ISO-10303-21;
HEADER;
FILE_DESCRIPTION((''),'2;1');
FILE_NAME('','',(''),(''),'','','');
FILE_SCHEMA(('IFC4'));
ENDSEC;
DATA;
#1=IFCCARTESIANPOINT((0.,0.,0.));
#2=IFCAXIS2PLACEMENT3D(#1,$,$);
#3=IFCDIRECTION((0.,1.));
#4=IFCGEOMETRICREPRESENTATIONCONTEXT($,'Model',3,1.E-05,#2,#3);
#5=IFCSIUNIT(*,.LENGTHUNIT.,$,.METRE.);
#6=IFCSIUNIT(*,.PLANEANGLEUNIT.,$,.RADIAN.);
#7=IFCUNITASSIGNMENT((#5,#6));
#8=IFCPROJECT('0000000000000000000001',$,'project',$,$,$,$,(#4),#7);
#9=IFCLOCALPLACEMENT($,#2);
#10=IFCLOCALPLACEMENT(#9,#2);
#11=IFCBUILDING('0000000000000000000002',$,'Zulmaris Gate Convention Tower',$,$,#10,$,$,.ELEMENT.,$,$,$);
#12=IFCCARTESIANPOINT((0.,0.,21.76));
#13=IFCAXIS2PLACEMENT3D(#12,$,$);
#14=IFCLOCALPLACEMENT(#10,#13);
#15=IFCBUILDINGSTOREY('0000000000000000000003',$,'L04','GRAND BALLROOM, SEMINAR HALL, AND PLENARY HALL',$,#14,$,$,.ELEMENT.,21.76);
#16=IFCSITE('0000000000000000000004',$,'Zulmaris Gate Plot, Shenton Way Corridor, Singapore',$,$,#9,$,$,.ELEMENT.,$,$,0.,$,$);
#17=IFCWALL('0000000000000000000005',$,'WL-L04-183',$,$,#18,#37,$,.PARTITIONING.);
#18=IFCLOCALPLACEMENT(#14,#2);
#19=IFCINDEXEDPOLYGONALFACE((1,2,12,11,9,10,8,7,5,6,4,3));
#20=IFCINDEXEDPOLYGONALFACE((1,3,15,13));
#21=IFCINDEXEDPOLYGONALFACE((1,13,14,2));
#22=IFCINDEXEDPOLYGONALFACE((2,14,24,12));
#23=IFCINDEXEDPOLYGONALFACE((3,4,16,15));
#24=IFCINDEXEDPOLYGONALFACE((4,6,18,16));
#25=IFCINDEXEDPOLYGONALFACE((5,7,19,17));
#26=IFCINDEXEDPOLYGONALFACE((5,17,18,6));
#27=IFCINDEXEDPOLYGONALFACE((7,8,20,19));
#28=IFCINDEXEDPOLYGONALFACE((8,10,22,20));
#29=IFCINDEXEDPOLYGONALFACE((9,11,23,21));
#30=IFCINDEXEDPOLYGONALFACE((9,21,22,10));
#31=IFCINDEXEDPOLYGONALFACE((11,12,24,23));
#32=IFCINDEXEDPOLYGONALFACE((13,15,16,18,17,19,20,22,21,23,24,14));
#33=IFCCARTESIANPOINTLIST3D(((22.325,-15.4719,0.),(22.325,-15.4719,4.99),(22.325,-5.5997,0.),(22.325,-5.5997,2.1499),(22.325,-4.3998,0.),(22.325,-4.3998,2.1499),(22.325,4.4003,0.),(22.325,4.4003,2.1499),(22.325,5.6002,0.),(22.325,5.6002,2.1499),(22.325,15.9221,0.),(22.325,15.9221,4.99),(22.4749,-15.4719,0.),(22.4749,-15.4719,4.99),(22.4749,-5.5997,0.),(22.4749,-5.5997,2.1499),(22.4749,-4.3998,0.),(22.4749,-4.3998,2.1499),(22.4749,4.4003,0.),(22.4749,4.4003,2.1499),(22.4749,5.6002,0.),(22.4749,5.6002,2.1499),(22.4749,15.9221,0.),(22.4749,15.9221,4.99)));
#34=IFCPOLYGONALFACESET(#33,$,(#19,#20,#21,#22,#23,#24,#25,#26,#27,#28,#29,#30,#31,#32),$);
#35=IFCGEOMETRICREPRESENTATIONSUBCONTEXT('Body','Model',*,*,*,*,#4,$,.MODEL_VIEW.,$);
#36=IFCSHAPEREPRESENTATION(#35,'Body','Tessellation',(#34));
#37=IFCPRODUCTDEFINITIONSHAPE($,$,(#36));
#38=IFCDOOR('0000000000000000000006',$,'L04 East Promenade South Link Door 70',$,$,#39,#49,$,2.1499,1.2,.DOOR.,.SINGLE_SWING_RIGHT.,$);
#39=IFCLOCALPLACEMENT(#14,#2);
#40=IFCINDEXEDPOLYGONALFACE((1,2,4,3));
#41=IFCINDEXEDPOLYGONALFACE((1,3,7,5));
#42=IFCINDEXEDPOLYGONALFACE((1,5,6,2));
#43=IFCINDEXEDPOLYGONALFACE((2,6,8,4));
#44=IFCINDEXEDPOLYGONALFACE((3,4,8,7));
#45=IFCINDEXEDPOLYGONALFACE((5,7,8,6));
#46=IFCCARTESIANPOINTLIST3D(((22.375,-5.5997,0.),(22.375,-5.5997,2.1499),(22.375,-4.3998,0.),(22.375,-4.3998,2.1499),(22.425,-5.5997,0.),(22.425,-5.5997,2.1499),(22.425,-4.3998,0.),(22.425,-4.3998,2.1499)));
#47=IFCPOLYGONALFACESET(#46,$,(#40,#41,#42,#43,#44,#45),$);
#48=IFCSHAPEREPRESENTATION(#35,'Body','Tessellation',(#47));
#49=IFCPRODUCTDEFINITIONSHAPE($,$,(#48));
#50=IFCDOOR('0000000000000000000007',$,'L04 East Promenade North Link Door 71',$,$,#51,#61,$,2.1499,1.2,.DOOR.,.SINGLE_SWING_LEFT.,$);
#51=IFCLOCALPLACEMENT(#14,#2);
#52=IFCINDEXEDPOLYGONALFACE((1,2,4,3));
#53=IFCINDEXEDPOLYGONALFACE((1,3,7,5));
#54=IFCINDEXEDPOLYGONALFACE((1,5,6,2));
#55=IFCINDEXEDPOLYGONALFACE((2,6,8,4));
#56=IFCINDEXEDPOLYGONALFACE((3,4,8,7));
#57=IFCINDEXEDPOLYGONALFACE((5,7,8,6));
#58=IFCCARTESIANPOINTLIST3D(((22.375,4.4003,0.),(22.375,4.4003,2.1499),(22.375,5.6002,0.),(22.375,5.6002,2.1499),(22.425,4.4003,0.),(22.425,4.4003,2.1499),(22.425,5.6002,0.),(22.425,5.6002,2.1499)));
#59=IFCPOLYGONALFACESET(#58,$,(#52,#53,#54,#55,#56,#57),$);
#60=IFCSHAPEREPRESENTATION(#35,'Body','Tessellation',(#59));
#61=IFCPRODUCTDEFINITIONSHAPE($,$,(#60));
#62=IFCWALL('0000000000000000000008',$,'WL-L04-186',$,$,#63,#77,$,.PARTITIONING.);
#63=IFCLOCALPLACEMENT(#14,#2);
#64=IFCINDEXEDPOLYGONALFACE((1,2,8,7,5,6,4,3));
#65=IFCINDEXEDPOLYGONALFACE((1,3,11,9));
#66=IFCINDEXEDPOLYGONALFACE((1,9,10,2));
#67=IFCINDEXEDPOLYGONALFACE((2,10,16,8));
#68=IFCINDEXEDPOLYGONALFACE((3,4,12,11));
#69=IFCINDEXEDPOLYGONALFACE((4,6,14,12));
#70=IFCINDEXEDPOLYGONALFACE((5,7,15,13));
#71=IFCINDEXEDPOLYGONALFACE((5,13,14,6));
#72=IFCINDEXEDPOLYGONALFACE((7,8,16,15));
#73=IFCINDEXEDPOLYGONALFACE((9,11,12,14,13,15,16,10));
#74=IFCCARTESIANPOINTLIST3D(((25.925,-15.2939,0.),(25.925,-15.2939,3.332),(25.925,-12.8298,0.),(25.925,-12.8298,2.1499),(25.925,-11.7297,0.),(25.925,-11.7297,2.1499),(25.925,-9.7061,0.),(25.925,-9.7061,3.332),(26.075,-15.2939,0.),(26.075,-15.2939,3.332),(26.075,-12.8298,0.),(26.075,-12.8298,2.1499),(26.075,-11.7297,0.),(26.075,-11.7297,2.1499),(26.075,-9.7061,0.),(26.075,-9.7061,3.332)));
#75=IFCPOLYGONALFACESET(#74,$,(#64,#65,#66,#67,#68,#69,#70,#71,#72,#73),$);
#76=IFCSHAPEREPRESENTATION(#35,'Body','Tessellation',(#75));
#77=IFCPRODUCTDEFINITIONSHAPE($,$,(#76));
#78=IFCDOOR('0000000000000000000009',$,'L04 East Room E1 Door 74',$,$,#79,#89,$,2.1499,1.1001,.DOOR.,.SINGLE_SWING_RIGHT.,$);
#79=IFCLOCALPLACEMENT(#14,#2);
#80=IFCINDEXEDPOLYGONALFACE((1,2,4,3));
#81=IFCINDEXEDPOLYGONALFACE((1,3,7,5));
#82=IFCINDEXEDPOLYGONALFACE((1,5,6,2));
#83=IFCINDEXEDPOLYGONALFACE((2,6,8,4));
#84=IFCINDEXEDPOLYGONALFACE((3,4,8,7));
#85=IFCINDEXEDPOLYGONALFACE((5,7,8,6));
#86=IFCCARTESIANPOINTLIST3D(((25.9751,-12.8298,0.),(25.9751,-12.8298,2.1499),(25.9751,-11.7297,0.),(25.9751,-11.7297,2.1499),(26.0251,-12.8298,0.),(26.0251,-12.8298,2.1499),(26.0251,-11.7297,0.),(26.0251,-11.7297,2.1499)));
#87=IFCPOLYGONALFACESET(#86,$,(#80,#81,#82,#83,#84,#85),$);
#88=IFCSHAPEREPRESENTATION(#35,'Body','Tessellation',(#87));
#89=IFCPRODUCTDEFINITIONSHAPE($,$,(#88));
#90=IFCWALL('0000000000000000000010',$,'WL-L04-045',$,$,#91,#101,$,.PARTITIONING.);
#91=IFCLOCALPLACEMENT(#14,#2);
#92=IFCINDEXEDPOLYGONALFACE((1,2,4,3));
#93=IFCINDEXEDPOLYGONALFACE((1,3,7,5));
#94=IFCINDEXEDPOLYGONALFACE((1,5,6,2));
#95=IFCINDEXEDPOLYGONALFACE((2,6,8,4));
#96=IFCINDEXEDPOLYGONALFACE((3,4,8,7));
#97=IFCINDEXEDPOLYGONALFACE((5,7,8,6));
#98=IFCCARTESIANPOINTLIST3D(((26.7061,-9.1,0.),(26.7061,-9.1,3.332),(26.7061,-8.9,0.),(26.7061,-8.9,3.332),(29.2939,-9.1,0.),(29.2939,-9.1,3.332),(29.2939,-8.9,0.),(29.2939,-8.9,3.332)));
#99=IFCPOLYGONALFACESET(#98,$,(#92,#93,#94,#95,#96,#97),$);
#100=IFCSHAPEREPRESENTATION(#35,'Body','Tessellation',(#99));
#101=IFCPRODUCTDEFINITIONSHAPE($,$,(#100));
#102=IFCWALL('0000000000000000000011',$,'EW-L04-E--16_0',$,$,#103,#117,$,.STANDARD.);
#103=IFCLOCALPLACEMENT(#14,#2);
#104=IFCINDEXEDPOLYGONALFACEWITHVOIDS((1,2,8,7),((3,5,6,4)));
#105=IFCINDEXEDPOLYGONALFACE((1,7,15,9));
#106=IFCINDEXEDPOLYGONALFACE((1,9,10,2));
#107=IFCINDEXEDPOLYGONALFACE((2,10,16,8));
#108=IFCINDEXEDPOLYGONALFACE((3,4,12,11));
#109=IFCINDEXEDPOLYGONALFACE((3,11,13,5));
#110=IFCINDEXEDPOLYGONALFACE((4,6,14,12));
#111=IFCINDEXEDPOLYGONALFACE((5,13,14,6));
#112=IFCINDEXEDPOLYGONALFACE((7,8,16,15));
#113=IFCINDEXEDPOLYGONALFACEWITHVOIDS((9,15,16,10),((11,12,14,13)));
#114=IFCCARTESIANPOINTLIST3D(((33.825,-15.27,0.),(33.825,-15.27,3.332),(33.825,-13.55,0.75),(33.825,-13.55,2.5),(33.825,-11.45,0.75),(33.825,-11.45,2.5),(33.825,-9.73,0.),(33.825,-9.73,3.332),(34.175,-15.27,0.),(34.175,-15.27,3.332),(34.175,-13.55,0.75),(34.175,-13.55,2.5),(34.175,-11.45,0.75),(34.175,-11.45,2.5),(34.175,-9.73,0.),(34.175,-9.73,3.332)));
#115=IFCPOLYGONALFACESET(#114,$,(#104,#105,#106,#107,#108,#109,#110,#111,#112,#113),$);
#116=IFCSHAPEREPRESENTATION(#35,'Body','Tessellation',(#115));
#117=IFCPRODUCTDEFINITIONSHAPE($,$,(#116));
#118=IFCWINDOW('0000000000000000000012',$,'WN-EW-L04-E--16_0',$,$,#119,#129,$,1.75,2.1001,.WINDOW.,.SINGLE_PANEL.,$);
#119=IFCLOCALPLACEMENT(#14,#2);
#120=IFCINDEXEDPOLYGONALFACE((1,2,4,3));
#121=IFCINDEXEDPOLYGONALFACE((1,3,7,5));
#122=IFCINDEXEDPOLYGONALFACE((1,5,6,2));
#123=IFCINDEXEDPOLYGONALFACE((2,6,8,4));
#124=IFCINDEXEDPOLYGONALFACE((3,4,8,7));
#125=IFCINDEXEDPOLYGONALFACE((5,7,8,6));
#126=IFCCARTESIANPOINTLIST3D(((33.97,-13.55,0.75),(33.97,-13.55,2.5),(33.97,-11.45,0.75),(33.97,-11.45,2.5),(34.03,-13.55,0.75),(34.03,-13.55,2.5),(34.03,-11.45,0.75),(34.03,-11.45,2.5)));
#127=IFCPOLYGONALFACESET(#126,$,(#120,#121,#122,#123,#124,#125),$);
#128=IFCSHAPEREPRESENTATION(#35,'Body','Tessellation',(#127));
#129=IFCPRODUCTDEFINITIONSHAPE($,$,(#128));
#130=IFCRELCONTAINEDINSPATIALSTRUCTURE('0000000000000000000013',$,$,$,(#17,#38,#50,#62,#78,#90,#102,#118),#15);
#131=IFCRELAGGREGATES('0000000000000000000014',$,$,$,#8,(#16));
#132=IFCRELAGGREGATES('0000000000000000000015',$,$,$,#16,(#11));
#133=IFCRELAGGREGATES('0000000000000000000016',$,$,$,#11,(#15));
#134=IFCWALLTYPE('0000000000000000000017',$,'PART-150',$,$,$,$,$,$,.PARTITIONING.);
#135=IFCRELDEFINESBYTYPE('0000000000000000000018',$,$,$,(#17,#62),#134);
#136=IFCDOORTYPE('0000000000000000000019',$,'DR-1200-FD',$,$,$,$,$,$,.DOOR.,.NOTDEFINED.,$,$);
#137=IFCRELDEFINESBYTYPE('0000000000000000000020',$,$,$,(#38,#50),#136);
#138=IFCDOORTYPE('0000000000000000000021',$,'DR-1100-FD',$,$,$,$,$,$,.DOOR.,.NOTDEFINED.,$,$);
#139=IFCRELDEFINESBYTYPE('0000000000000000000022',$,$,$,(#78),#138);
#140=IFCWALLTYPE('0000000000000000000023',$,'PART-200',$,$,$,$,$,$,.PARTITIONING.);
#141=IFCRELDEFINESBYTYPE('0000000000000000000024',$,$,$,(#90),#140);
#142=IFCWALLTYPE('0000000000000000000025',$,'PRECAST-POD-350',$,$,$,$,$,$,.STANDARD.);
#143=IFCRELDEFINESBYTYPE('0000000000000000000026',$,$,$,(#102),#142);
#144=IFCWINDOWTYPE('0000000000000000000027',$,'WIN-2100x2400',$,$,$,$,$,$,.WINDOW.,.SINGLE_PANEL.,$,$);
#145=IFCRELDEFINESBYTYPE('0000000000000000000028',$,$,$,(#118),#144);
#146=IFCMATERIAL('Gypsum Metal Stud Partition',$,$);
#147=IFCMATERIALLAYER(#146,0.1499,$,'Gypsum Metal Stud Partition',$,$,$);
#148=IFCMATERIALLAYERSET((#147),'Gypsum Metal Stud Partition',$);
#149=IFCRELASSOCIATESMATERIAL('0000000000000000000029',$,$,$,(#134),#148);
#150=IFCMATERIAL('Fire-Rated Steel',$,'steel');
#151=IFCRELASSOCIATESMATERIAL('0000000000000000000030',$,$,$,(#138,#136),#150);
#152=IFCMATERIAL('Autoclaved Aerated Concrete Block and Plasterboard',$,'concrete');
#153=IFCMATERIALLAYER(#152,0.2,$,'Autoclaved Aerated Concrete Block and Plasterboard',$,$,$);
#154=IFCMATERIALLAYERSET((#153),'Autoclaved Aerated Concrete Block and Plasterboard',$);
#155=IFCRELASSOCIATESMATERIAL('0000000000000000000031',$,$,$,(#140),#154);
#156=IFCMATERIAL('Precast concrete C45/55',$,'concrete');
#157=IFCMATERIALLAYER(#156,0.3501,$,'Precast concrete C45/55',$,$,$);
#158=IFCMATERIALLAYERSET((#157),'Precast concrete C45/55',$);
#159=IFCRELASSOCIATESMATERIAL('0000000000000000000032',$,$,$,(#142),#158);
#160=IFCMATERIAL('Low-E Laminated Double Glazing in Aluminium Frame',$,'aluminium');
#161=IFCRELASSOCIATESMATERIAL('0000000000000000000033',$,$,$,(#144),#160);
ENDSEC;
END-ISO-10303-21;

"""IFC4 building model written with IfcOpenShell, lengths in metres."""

from ifc_helpers import new_model, si_unit, direction, frame, frame_2d, origin, place, context, subcontext, project, spatial, rectangle, extrude, material, layer, layer_set, type_object, element, fill, save


model = new_model("IFC4")

# Units and contexts
model_context = context("Model", 3, precision=1e-05, world=origin(), true_north=direction((0.0, 1.0)))
body_context = subcontext(model_context, "Body", "Model", "MODEL_VIEW")
ifc_project = project(units=[si_unit("LENGTHUNIT", "METRE"), si_unit("PLANEANGLEUNIT", "RADIAN")], contexts=[model_context])

# Site, building, storey
site_placement = place(None, origin())
site = spatial("IfcSite", under=ifc_project, at=site_placement, Name="Zulmaris Gate Plot, Shenton Way Corridor, Singapore", CompositionType="ELEMENT", RefElevation=0.0)
building_placement = place(site_placement, origin())
building = spatial("IfcBuilding", under=site, at=building_placement, Name="Zulmaris Gate Convention Tower", CompositionType="ELEMENT")
storey_placement = place(building_placement, frame((0.0, 0.0, 21.76)))
storey = spatial("IfcBuildingStorey", under=building, at=storey_placement, Name="L04", Description="GRAND BALLROOM, SEMINAR HALL, AND PLENARY HALL", CompositionType="ELEMENT", Elevation=21.76)

# Shared definitions
ifc_material_1 = material(Name="Gypsum Metal Stud Partition")
ifc_layer_1 = layer(ifc_material_1, 0.1499, Name="Gypsum Metal Stud Partition")
ifc_layer_set_1 = layer_set([ifc_layer_1], Name="Gypsum Metal Stud Partition")
wall_type_1 = type_object("IfcWallType", Name="PART-150", PredefinedType="PARTITIONING", material=ifc_layer_set_1)
ifc_material_2 = material(Name="Fire-Rated Steel", Category="steel")
door_type_1 = type_object("IfcDoorType", Name="DR-1100-FD", OperationType="NOTDEFINED", PredefinedType="DOOR", material=ifc_material_2)

# Wall, openings, doors
wall_1_placement = place(storey_placement, frame((22.3999, -15.4719, 0.0), z_axis=(0.0, 0.0, 1.0), x_axis=(0.0, 1.0, 0.0)))
wall_1 = element("IfcWall", 1, at=wall_1_placement, inside=storey, type_object=wall_type_1, Name="WL-L04-183", PredefinedType="PARTITIONING", context=body_context, shape_type="SweptSolid", body=[
    extrude(rectangle(XDim=31.394, YDim=0.1499, at=frame_2d((15.697, 0.0))), origin(), (0.0, 0.0, 1.0), 4.99),
])
opening_1_placement = place(wall_1_placement, frame((9.8721, 0.0, 0.0)))
opening_1 = element("IfcOpeningElement", 2, at=opening_1_placement, cuts=wall_1, PredefinedType="OPENING", context=body_context, shape_type="SweptSolid", body=[
    extrude(rectangle(XDim=1.2, YDim=2.1499, at=frame_2d((0.6001, 1.075))), frame((0.0, 0.085, 0.0), z_axis=(0.0, -1.0, 0.0), x_axis=(1.0, 0.0, 0.0)), (0.0, 0.0, 1.0), 0.1699),
])
opening_2_placement = place(wall_1_placement, frame((19.8721, 0.0, 0.0)))
opening_2 = element("IfcOpeningElement", 3, at=opening_2_placement, cuts=wall_1, PredefinedType="OPENING", context=body_context, shape_type="SweptSolid", body=[
    extrude(rectangle(XDim=1.2, YDim=2.1499, at=frame_2d((0.6001, 1.075))), frame((0.0, 0.085, 0.0), z_axis=(0.0, -1.0, 0.0), x_axis=(1.0, 0.0, 0.0)), (0.0, 0.0, 1.0), 0.1699),
])
door_type_2 = type_object("IfcDoorType", Name="DR-1200-FD", OperationType="NOTDEFINED", PredefinedType="DOOR", material=ifc_material_2)
door_1_placement = place(opening_1_placement, origin())
door_1 = element("IfcDoor", 4, at=door_1_placement, inside=storey, type_object=door_type_2, Name="L04 East Promenade South Link Door 70", OperationType="SINGLE_SWING_RIGHT", OverallHeight=2.1499, OverallWidth=1.2, PredefinedType="DOOR", context=body_context, shape_type="SweptSolid", body=[
    extrude(rectangle(XDim=1.2, YDim=2.1499, at=frame_2d((0.6001, 1.075))), frame((0.0, 0.0249, 0.0), z_axis=(0.0, -1.0, 0.0), x_axis=(1.0, 0.0, 0.0)), (0.0, 0.0, 1.0), 0.05),
])
fill(opening_1, door_1)
door_2_placement = place(opening_2_placement, origin())
door_2 = element("IfcDoor", 5, at=door_2_placement, inside=storey, type_object=door_type_2, Name="L04 East Promenade North Link Door 71", OperationType="SINGLE_SWING_LEFT", OverallHeight=2.1499, OverallWidth=1.2, PredefinedType="DOOR", context=body_context, shape_type="SweptSolid", body=[
    extrude(rectangle(XDim=1.2, YDim=2.1499, at=frame_2d((0.6001, 1.075))), frame((0.0, 0.0249, 0.0), z_axis=(0.0, -1.0, 0.0), x_axis=(1.0, 0.0, 0.0)), (0.0, 0.0, 1.0), 0.05),
])
fill(opening_2, door_2)

# Wall, opening, door
wall_2_placement = place(storey_placement, frame((26.0, -15.2939, 0.0), z_axis=(0.0, 0.0, 1.0), x_axis=(0.0, 1.0, 0.0)))
wall_2 = element("IfcWall", 6, at=wall_2_placement, inside=storey, type_object=wall_type_1, Name="WL-L04-186", PredefinedType="PARTITIONING", context=body_context, shape_type="SweptSolid", body=[
    extrude(rectangle(XDim=5.5879, YDim=0.1499, at=frame_2d((2.7939, 0.0))), origin(), (0.0, 0.0, 1.0), 3.332),
])
opening_3_placement = place(wall_2_placement, frame((2.4641, 0.0, 0.0)))
opening_3 = element("IfcOpeningElement", 7, at=opening_3_placement, cuts=wall_2, PredefinedType="OPENING", context=body_context, shape_type="SweptSolid", body=[
    extrude(rectangle(XDim=1.1001, YDim=2.1499, at=frame_2d((0.55, 1.075))), frame((0.0, 0.085, 0.0), z_axis=(0.0, -1.0, 0.0), x_axis=(1.0, 0.0, 0.0)), (0.0, 0.0, 1.0), 0.1699),
])
door_3_placement = place(opening_3_placement, origin())
door_3 = element("IfcDoor", 8, at=door_3_placement, inside=storey, type_object=door_type_1, Name="L04 East Room E1 Door 74", OperationType="SINGLE_SWING_RIGHT", OverallHeight=2.1499, OverallWidth=1.1001, PredefinedType="DOOR", context=body_context, shape_type="SweptSolid", body=[
    extrude(rectangle(XDim=1.1001, YDim=2.1499, at=frame_2d((0.55, 1.075))), frame((0.0, 0.0249, 0.0), z_axis=(0.0, -1.0, 0.0), x_axis=(1.0, 0.0, 0.0)), (0.0, 0.0, 1.0), 0.05),
])
fill(opening_3, door_3)

# Wall
ifc_material_3 = material(Name="Autoclaved Aerated Concrete Block and Plasterboard", Category="concrete")
ifc_layer_2 = layer(ifc_material_3, 0.2, Name="Autoclaved Aerated Concrete Block and Plasterboard")
ifc_layer_set_2 = layer_set([ifc_layer_2], Name="Autoclaved Aerated Concrete Block and Plasterboard")
wall_type_2 = type_object("IfcWallType", Name="PART-200", PredefinedType="PARTITIONING", material=ifc_layer_set_2)
wall_3_placement = place(storey_placement, frame((26.7061, -9.0, 0.0), z_axis=(0.0, 0.0, 1.0), x_axis=(1.0, 0.0, 0.0)))
element("IfcWall", 9, at=wall_3_placement, inside=storey, type_object=wall_type_2, Name="WL-L04-045", PredefinedType="PARTITIONING", context=body_context, shape_type="SweptSolid", body=[
    extrude(rectangle(XDim=2.5879, YDim=0.2, at=frame_2d((1.2939, 0.0))), origin(), (0.0, 0.0, 1.0), 3.332),
])

# Wall, opening, window
ifc_material_4 = material(Name="Precast concrete C45/55", Category="concrete")
ifc_layer_3 = layer(ifc_material_4, 0.3501, Name="Precast concrete C45/55")
ifc_layer_set_3 = layer_set([ifc_layer_3], Name="Precast concrete C45/55")
wall_type_3 = type_object("IfcWallType", Name="PRECAST-POD-350", PredefinedType="STANDARD", material=ifc_layer_set_3)
wall_4_placement = place(storey_placement, frame((34.0, -9.73, 0.0), z_axis=(0.0, 0.0, 1.0), x_axis=(0.0, -1.0, 0.0)))
wall_4 = element("IfcWall", 10, at=wall_4_placement, inside=storey, type_object=wall_type_3, Name="EW-L04-E--16_0", PredefinedType="STANDARD", context=body_context, shape_type="SweptSolid", body=[
    extrude(rectangle(XDim=5.54, YDim=0.3501, at=frame_2d((2.77, 0.0))), origin(), (0.0, 0.0, 1.0), 3.332),
])
opening_4_placement = place(wall_4_placement, frame((1.72, 0.0, 0.75)))
opening_4 = element("IfcOpeningElement", 11, at=opening_4_placement, cuts=wall_4, PredefinedType="OPENING", context=body_context, shape_type="SweptSolid", body=[
    extrude(rectangle(XDim=2.1001, YDim=1.75, at=frame_2d((1.05, 0.875))), frame((0.0, 0.1851, 0.0), z_axis=(0.0, -1.0, 0.0), x_axis=(1.0, 0.0, 0.0)), (0.0, 0.0, 1.0), 0.3701),
])
ifc_material_5 = material(Name="Low-E Laminated Double Glazing in Aluminium Frame", Category="aluminium")
window_type = type_object("IfcWindowType", Name="WIN-2100x2400", PartitioningType="SINGLE_PANEL", PredefinedType="WINDOW", material=ifc_material_5)
window_placement = place(opening_4_placement, origin())
window = element("IfcWindow", 12, at=window_placement, inside=storey, type_object=window_type, Name="WN-EW-L04-E--16_0", OverallHeight=1.75, OverallWidth=2.1001, PartitioningType="SINGLE_PANEL", PredefinedType="WINDOW", context=body_context, shape_type="SweptSolid", body=[
    extrude(rectangle(XDim=2.1001, YDim=1.75, at=frame_2d((1.05, 0.875))), frame((0.0, 0.03, 0.0), z_axis=(0.0, -1.0, 0.0), x_axis=(1.0, 0.0, 0.0)), (0.0, 0.0, 1.0), 0.0601),
])
fill(opening_4, window)

save(model, "model.ifc")
